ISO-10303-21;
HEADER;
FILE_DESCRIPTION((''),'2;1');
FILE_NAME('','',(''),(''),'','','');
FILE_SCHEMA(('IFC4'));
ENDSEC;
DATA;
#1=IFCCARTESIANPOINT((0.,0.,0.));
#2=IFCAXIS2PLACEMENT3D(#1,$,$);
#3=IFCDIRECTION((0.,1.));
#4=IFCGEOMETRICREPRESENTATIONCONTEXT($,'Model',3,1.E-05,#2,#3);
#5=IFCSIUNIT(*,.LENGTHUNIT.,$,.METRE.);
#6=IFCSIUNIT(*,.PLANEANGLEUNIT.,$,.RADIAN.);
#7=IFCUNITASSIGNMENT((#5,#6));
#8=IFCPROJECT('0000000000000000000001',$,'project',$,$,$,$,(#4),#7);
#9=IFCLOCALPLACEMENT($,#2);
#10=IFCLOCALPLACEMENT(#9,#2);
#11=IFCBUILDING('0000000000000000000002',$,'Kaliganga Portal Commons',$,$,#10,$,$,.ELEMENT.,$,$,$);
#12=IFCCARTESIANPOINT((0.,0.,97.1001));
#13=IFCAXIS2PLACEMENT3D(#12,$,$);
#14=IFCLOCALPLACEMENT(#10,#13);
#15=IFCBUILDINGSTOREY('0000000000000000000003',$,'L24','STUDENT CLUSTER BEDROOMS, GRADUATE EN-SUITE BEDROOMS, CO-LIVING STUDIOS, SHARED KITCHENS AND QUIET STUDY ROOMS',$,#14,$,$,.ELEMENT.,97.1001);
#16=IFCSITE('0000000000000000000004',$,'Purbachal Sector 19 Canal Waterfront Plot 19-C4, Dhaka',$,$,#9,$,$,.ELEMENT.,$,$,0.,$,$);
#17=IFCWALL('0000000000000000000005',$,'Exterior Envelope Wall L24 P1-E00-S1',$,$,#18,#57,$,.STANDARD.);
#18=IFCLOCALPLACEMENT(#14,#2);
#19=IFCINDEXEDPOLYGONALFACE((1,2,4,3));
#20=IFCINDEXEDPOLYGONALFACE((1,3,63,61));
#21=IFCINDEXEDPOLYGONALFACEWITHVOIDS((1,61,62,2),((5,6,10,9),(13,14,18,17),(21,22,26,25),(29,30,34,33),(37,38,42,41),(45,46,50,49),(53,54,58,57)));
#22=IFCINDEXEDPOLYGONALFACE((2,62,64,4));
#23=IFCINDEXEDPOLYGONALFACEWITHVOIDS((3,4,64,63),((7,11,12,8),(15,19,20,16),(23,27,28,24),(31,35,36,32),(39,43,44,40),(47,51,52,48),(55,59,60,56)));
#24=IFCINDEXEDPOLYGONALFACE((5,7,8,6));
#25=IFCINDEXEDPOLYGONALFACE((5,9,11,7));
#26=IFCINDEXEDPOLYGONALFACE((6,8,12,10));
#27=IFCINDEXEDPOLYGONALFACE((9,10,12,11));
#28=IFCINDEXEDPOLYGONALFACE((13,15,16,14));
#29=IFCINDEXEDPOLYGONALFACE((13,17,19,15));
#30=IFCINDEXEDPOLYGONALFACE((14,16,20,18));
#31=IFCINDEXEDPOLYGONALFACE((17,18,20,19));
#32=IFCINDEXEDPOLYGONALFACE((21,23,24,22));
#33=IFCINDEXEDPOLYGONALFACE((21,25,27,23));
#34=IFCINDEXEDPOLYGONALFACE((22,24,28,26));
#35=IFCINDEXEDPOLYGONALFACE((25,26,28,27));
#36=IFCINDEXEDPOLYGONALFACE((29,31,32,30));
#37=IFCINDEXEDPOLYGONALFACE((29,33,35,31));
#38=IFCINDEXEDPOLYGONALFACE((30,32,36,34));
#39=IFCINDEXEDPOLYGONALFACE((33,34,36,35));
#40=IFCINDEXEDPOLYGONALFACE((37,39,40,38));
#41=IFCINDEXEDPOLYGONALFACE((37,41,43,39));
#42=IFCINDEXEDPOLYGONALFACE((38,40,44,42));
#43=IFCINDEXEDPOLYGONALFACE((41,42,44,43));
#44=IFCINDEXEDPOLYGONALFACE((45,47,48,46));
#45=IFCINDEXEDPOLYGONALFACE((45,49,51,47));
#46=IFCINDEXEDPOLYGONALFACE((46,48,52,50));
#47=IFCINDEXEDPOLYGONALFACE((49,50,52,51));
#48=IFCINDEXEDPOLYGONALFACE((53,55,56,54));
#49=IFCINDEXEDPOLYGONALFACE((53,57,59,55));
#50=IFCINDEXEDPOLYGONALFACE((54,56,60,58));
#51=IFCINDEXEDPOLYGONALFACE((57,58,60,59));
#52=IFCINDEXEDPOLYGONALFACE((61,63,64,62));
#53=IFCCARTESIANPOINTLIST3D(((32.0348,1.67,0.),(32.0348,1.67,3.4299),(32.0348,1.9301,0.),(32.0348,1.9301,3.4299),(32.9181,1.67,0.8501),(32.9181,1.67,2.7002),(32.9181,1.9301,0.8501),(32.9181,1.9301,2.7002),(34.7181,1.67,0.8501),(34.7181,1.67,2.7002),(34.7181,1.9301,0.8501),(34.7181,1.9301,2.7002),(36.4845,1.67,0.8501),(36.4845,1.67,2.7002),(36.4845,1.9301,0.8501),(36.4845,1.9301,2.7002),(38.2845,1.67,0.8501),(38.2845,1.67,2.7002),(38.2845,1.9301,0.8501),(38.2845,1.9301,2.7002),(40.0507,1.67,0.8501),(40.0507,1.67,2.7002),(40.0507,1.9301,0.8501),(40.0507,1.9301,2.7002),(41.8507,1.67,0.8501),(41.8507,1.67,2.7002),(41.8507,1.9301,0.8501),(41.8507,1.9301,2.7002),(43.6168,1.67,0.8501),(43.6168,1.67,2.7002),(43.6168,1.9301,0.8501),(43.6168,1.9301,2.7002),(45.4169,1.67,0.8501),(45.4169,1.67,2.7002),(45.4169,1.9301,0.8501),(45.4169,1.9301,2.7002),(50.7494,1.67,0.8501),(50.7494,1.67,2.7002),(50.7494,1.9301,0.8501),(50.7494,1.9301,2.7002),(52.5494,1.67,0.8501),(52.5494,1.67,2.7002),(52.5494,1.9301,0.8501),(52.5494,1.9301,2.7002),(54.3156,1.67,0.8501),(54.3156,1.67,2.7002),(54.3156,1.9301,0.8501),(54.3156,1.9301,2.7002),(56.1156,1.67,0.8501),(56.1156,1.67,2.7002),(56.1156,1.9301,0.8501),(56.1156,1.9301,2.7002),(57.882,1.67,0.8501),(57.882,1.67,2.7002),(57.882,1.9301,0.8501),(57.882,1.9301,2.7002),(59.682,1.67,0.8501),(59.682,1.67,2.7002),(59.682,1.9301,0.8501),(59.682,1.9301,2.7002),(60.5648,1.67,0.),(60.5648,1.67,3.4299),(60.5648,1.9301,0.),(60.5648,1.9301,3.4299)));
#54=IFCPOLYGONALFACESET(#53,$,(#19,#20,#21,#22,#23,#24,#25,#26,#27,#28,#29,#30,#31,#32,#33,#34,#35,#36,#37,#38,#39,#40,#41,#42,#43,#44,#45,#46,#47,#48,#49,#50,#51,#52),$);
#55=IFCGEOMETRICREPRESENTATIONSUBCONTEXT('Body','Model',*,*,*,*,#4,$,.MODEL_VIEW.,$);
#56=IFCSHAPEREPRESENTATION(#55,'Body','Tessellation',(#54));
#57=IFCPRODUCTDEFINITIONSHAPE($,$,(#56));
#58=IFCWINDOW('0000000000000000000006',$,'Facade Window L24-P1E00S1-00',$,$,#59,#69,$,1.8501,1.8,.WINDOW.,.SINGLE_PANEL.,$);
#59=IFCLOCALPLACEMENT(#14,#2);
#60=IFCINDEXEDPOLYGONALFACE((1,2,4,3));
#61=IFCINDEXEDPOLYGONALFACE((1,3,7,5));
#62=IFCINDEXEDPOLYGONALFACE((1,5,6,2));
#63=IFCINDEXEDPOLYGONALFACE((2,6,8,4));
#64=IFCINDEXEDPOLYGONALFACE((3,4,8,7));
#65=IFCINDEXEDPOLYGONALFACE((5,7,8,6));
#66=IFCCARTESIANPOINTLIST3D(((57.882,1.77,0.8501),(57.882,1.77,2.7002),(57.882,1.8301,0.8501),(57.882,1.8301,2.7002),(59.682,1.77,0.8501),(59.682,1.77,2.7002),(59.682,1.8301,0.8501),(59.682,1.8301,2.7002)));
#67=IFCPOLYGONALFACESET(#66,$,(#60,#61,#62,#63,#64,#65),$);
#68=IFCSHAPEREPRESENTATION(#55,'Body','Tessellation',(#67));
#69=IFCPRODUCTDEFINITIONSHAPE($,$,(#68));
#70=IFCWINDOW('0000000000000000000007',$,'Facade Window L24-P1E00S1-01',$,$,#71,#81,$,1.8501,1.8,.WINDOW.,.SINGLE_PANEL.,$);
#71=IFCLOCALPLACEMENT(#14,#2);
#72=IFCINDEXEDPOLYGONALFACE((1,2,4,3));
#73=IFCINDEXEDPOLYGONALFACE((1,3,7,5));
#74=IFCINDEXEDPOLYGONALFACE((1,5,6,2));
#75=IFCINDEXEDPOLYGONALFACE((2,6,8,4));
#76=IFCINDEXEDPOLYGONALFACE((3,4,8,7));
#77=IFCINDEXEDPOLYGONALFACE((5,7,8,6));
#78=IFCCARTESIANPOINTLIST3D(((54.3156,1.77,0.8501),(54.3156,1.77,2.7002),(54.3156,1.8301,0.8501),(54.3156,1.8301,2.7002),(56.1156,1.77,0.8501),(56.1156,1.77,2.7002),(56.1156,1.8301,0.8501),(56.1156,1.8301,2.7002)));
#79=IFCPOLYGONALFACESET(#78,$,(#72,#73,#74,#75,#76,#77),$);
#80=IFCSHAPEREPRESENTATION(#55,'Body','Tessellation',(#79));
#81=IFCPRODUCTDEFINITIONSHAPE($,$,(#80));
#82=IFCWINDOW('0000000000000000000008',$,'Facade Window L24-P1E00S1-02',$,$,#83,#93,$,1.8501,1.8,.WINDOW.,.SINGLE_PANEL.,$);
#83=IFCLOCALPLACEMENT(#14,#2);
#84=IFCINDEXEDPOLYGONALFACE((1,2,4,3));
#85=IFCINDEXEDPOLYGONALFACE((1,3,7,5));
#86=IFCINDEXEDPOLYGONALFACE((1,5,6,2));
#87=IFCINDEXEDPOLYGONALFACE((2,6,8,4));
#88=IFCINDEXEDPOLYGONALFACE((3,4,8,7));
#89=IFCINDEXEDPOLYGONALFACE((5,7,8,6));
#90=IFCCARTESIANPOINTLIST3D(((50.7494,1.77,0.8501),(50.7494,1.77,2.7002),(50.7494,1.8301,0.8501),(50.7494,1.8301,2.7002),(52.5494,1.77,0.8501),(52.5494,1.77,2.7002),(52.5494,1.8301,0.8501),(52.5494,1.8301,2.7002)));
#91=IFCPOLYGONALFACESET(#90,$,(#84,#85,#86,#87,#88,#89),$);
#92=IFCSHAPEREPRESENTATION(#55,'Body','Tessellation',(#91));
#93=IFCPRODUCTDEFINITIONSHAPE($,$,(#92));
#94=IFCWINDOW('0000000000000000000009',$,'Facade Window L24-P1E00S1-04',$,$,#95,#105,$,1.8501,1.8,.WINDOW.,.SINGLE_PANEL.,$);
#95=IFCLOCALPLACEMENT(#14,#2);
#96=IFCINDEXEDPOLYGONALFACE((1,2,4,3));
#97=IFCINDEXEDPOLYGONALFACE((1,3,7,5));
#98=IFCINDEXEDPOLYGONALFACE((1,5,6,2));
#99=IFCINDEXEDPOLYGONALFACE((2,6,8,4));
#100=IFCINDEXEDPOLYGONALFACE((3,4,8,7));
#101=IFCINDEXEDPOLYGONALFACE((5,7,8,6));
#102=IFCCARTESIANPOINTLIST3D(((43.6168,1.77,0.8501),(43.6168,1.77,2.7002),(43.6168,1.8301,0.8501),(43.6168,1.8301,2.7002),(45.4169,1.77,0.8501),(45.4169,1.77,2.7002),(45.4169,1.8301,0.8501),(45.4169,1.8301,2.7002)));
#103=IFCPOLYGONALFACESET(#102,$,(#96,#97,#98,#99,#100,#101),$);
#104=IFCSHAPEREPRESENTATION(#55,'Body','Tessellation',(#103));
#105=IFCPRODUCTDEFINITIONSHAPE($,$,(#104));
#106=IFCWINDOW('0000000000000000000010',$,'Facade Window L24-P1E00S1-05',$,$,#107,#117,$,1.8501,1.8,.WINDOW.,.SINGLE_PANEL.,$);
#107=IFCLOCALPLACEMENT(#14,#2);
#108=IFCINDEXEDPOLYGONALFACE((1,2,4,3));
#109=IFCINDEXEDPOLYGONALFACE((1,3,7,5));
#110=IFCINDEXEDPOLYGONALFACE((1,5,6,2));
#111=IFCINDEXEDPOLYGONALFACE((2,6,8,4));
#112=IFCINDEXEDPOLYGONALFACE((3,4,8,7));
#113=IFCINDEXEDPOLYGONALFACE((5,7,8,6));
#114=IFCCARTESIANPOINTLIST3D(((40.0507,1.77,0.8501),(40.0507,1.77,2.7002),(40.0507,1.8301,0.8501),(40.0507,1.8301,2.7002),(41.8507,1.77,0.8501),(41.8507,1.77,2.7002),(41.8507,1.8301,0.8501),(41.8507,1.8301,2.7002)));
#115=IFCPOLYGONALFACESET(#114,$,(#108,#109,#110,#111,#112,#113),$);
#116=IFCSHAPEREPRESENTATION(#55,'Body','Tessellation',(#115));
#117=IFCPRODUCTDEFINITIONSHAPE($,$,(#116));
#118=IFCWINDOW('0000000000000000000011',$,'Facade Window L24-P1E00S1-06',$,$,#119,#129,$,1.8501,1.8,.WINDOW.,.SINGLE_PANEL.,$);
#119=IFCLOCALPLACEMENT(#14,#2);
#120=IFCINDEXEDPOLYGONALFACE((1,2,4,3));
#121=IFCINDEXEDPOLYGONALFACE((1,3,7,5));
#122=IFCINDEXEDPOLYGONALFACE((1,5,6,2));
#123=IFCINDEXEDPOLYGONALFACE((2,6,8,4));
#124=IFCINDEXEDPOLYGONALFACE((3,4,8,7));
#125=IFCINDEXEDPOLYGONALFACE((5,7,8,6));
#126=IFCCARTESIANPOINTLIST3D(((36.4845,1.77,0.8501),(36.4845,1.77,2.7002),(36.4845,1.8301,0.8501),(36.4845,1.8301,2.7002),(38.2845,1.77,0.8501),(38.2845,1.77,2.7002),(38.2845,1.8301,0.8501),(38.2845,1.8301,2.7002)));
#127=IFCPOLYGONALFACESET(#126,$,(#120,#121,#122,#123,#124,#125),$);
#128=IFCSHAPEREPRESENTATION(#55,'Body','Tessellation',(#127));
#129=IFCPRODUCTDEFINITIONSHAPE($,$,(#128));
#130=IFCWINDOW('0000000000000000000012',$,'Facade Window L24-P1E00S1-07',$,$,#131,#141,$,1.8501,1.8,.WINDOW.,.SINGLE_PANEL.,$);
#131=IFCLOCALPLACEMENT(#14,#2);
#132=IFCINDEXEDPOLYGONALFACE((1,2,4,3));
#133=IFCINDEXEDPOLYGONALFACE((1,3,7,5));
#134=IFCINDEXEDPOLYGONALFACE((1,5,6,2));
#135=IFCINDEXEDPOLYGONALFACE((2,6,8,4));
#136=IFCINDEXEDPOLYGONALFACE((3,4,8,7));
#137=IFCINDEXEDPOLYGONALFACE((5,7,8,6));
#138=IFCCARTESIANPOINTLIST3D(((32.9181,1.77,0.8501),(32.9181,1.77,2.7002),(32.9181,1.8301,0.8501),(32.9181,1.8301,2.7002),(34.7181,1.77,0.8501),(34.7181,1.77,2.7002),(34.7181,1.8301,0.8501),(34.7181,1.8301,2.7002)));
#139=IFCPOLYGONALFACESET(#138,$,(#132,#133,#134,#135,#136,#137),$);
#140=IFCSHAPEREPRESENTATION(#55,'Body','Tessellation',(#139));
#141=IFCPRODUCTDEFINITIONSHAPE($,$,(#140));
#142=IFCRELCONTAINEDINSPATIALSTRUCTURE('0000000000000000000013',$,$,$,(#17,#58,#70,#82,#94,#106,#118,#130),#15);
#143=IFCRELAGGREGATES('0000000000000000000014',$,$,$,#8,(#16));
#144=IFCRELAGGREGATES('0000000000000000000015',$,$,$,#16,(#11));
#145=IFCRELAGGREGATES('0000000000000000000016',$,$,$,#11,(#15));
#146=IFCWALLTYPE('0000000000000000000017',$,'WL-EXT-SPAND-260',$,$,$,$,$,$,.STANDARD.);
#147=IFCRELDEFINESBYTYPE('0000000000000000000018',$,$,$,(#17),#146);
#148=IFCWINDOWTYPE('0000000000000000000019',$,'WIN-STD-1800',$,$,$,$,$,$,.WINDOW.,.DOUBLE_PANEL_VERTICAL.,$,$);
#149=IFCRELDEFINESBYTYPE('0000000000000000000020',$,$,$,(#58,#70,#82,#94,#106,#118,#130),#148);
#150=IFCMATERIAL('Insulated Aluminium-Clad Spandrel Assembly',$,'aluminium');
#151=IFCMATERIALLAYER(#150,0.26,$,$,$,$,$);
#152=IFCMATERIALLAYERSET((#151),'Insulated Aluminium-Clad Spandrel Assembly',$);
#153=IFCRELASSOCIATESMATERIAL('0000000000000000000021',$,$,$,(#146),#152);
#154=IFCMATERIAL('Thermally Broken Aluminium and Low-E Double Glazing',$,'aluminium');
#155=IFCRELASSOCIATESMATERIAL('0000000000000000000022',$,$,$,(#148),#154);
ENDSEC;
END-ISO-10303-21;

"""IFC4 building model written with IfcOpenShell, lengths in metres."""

from ifc_helpers import new_model, si_unit, direction, frame, frame_2d, origin, place, context, subcontext, project, spatial, rectangle, extrude, material, layer, layer_set, type_object, element, fill, save


model = new_model("IFC4")

# Units and contexts
model_context = context("Model", 3, precision=1e-05, world=origin(), true_north=direction((0.0, 1.0)))
body_context = subcontext(model_context, "Body", "Model", "MODEL_VIEW")
ifc_project = project(units=[si_unit("LENGTHUNIT", "METRE"), si_unit("PLANEANGLEUNIT", "RADIAN")], contexts=[model_context])

# Site, building, storey
site_placement = place(None, origin())
site = spatial("IfcSite", under=ifc_project, at=site_placement, Name="Purbachal Sector 19 Canal Waterfront Plot 19-C4, Dhaka", CompositionType="ELEMENT", RefElevation=0.0)
building_placement = place(site_placement, origin())
building = spatial("IfcBuilding", under=site, at=building_placement, Name="Kaliganga Portal Commons", CompositionType="ELEMENT")
storey_placement = place(building_placement, frame((0.0, 0.0, 97.1001)))
storey = spatial("IfcBuildingStorey", under=building, at=storey_placement, Name="L24", Description="STUDENT CLUSTER BEDROOMS, GRADUATE EN-SUITE BEDROOMS, CO-LIVING STUDIOS, SHARED KITCHENS AND QUIET STUDY ROOMS", CompositionType="ELEMENT", Elevation=97.1001)

# Wall, openings, windows
ifc_material_1 = material(Name="Insulated Aluminium-Clad Spandrel Assembly", Category="aluminium")
ifc_layer_1 = layer(ifc_material_1, 0.26)
ifc_layer_set_1 = layer_set([ifc_layer_1], Name="Insulated Aluminium-Clad Spandrel Assembly")
wall_type_1 = type_object("IfcWallType", Name="WL-EXT-SPAND-260", PredefinedType="STANDARD", material=ifc_layer_set_1)
wall_1_placement = place(storey_placement, frame((60.5649, 1.8, 0.0), z_axis=(0.0, 0.0, 1.0), x_axis=(-1.0, 0.0, 0.0)))
wall_1 = element("IfcWall", 1, at=wall_1_placement, inside=storey, type_object=wall_type_1, Name="Exterior Envelope Wall L24 P1-E00-S1", PredefinedType="STANDARD", context=body_context, shape_type="SweptSolid", body=[
    extrude(rectangle(XDim=28.53, YDim=0.26, at=frame_2d((14.2651, 0.0))), origin(), (0.0, 0.0, 1.0), 3.4299),
])
opening_1_placement = place(wall_1_placement, frame((0.8831, 0.0, 0.8501)))
opening_1 = element("IfcOpeningElement", 2, at=opening_1_placement, cuts=wall_1, PredefinedType="OPENING", context=body_context, shape_type="SweptSolid", body=[
    extrude(rectangle(XDim=1.8, YDim=1.8501, at=frame_2d((0.8999, 0.925))), frame((0.0, 0.1401, 0.0), z_axis=(0.0, -1.0, 0.0), x_axis=(1.0, 0.0, 0.0)), (0.0, 0.0, 1.0), 0.28),
])
opening_2_placement = place(wall_1_placement, frame((4.4495, 0.0, 0.8501)))
opening_2 = element("IfcOpeningElement", 3, at=opening_2_placement, cuts=wall_1, PredefinedType="OPENING", context=body_context, shape_type="SweptSolid", body=[
    extrude(rectangle(XDim=1.8, YDim=1.8501, at=frame_2d((0.8999, 0.925))), frame((0.0, 0.1401, 0.0), z_axis=(0.0, -1.0, 0.0), x_axis=(1.0, 0.0, 0.0)), (0.0, 0.0, 1.0), 0.28),
])
opening_3_placement = place(wall_1_placement, frame((8.0156, 0.0, 0.8501)))
opening_3 = element("IfcOpeningElement", 4, at=opening_3_placement, cuts=wall_1, PredefinedType="OPENING", context=body_context, shape_type="SweptSolid", body=[
    extrude(rectangle(XDim=1.8, YDim=1.8501, at=frame_2d((0.8999, 0.925))), frame((0.0, 0.1401, 0.0), z_axis=(0.0, -1.0, 0.0), x_axis=(1.0, 0.0, 0.0)), (0.0, 0.0, 1.0), 0.28),
])
opening_4_placement = place(wall_1_placement, frame((15.1482, 0.0, 0.8501)))
opening_4 = element("IfcOpeningElement", 5, at=opening_4_placement, cuts=wall_1, PredefinedType="OPENING", context=body_context, shape_type="SweptSolid", body=[
    extrude(rectangle(XDim=1.8, YDim=1.8501, at=frame_2d((0.8999, 0.925))), frame((0.0, 0.1401, 0.0), z_axis=(0.0, -1.0, 0.0), x_axis=(1.0, 0.0, 0.0)), (0.0, 0.0, 1.0), 0.28),
])
opening_5_placement = place(wall_1_placement, frame((18.7144, 0.0, 0.8501)))
opening_5 = element("IfcOpeningElement", 6, at=opening_5_placement, cuts=wall_1, PredefinedType="OPENING", context=body_context, shape_type="SweptSolid", body=[
    extrude(rectangle(XDim=1.8, YDim=1.8501, at=frame_2d((0.8999, 0.925))), frame((0.0, 0.1401, 0.0), z_axis=(0.0, -1.0, 0.0), x_axis=(1.0, 0.0, 0.0)), (0.0, 0.0, 1.0), 0.28),
])
opening_6_placement = place(wall_1_placement, frame((22.2805, 0.0, 0.8501)))
opening_6 = element("IfcOpeningElement", 7, at=opening_6_placement, cuts=wall_1, PredefinedType="OPENING", context=body_context, shape_type="SweptSolid", body=[
    extrude(rectangle(XDim=1.8, YDim=1.8501, at=frame_2d((0.8999, 0.925))), frame((0.0, 0.1401, 0.0), z_axis=(0.0, -1.0, 0.0), x_axis=(1.0, 0.0, 0.0)), (0.0, 0.0, 1.0), 0.28),
])
opening_7_placement = place(wall_1_placement, frame((25.8469, 0.0, 0.8501)))
opening_7 = element("IfcOpeningElement", 8, at=opening_7_placement, cuts=wall_1, PredefinedType="OPENING", context=body_context, shape_type="SweptSolid", body=[
    extrude(rectangle(XDim=1.8, YDim=1.8501, at=frame_2d((0.8999, 0.925))), frame((0.0, 0.1401, 0.0), z_axis=(0.0, -1.0, 0.0), x_axis=(1.0, 0.0, 0.0)), (0.0, 0.0, 1.0), 0.28),
])
ifc_material_2 = material(Name="Thermally Broken Aluminium and Low-E Double Glazing", Category="aluminium")
window_type = type_object("IfcWindowType", Name="WIN-STD-1800", PartitioningType="DOUBLE_PANEL_VERTICAL", PredefinedType="WINDOW", material=ifc_material_2)
window_1_placement = place(opening_1_placement, origin())
window_1 = element("IfcWindow", 9, at=window_1_placement, inside=storey, type_object=window_type, Name="Facade Window L24-P1E00S1-00", OverallHeight=1.8501, OverallWidth=1.8, PartitioningType="SINGLE_PANEL", PredefinedType="WINDOW", context=body_context, shape_type="SweptSolid", body=[
    extrude(rectangle(XDim=1.8, YDim=1.8501, at=frame_2d((0.8999, 0.925))), frame((0.0, 0.03, 0.0), z_axis=(0.0, -1.0, 0.0), x_axis=(1.0, 0.0, 0.0)), (0.0, 0.0, 1.0), 0.0601),
])
fill(opening_1, window_1)
window_2_placement = place(opening_2_placement, origin())
window_2 = element("IfcWindow", 10, at=window_2_placement, inside=storey, type_object=window_type, Name="Facade Window L24-P1E00S1-01", OverallHeight=1.8501, OverallWidth=1.8, PartitioningType="SINGLE_PANEL", PredefinedType="WINDOW", context=body_context, shape_type="SweptSolid", body=[
    extrude(rectangle(XDim=1.8, YDim=1.8501, at=frame_2d((0.8999, 0.925))), frame((0.0, 0.03, 0.0), z_axis=(0.0, -1.0, 0.0), x_axis=(1.0, 0.0, 0.0)), (0.0, 0.0, 1.0), 0.0601),
])
fill(opening_2, window_2)
window_3_placement = place(opening_3_placement, origin())
window_3 = element("IfcWindow", 11, at=window_3_placement, inside=storey, type_object=window_type, Name="Facade Window L24-P1E00S1-02", OverallHeight=1.8501, OverallWidth=1.8, PartitioningType="SINGLE_PANEL", PredefinedType="WINDOW", context=body_context, shape_type="SweptSolid", body=[
    extrude(rectangle(XDim=1.8, YDim=1.8501, at=frame_2d((0.8999, 0.925))), frame((0.0, 0.03, 0.0), z_axis=(0.0, -1.0, 0.0), x_axis=(1.0, 0.0, 0.0)), (0.0, 0.0, 1.0), 0.0601),
])
fill(opening_3, window_3)
window_4_placement = place(opening_4_placement, origin())
window_4 = element("IfcWindow", 12, at=window_4_placement, inside=storey, type_object=window_type, Name="Facade Window L24-P1E00S1-04", OverallHeight=1.8501, OverallWidth=1.8, PartitioningType="SINGLE_PANEL", PredefinedType="WINDOW", context=body_context, shape_type="SweptSolid", body=[
    extrude(rectangle(XDim=1.8, YDim=1.8501, at=frame_2d((0.8999, 0.925))), frame((0.0, 0.03, 0.0), z_axis=(0.0, -1.0, 0.0), x_axis=(1.0, 0.0, 0.0)), (0.0, 0.0, 1.0), 0.0601),
])
fill(opening_4, window_4)
window_5_placement = place(opening_5_placement, origin())
window_5 = element("IfcWindow", 13, at=window_5_placement, inside=storey, type_object=window_type, Name="Facade Window L24-P1E00S1-05", OverallHeight=1.8501, OverallWidth=1.8, PartitioningType="SINGLE_PANEL", PredefinedType="WINDOW", context=body_context, shape_type="SweptSolid", body=[
    extrude(rectangle(XDim=1.8, YDim=1.8501, at=frame_2d((0.8999, 0.925))), frame((0.0, 0.03, 0.0), z_axis=(0.0, -1.0, 0.0), x_axis=(1.0, 0.0, 0.0)), (0.0, 0.0, 1.0), 0.0601),
])
fill(opening_5, window_5)
window_6_placement = place(opening_6_placement, origin())
window_6 = element("IfcWindow", 14, at=window_6_placement, inside=storey, type_object=window_type, Name="Facade Window L24-P1E00S1-06", OverallHeight=1.8501, OverallWidth=1.8, PartitioningType="SINGLE_PANEL", PredefinedType="WINDOW", context=body_context, shape_type="SweptSolid", body=[
    extrude(rectangle(XDim=1.8, YDim=1.8501, at=frame_2d((0.8999, 0.925))), frame((0.0, 0.03, 0.0), z_axis=(0.0, -1.0, 0.0), x_axis=(1.0, 0.0, 0.0)), (0.0, 0.0, 1.0), 0.0601),
])
fill(opening_6, window_6)
window_7_placement = place(opening_7_placement, origin())
window_7 = element("IfcWindow", 15, at=window_7_placement, inside=storey, type_object=window_type, Name="Facade Window L24-P1E00S1-07", OverallHeight=1.8501, OverallWidth=1.8, PartitioningType="SINGLE_PANEL", PredefinedType="WINDOW", context=body_context, shape_type="SweptSolid", body=[
    extrude(rectangle(XDim=1.8, YDim=1.8501, at=frame_2d((0.8999, 0.925))), frame((0.0, 0.03, 0.0), z_axis=(0.0, -1.0, 0.0), x_axis=(1.0, 0.0, 0.0)), (0.0, 0.0, 1.0), 0.0601),
])
fill(opening_7, window_7)

save(model, "model.ifc")
